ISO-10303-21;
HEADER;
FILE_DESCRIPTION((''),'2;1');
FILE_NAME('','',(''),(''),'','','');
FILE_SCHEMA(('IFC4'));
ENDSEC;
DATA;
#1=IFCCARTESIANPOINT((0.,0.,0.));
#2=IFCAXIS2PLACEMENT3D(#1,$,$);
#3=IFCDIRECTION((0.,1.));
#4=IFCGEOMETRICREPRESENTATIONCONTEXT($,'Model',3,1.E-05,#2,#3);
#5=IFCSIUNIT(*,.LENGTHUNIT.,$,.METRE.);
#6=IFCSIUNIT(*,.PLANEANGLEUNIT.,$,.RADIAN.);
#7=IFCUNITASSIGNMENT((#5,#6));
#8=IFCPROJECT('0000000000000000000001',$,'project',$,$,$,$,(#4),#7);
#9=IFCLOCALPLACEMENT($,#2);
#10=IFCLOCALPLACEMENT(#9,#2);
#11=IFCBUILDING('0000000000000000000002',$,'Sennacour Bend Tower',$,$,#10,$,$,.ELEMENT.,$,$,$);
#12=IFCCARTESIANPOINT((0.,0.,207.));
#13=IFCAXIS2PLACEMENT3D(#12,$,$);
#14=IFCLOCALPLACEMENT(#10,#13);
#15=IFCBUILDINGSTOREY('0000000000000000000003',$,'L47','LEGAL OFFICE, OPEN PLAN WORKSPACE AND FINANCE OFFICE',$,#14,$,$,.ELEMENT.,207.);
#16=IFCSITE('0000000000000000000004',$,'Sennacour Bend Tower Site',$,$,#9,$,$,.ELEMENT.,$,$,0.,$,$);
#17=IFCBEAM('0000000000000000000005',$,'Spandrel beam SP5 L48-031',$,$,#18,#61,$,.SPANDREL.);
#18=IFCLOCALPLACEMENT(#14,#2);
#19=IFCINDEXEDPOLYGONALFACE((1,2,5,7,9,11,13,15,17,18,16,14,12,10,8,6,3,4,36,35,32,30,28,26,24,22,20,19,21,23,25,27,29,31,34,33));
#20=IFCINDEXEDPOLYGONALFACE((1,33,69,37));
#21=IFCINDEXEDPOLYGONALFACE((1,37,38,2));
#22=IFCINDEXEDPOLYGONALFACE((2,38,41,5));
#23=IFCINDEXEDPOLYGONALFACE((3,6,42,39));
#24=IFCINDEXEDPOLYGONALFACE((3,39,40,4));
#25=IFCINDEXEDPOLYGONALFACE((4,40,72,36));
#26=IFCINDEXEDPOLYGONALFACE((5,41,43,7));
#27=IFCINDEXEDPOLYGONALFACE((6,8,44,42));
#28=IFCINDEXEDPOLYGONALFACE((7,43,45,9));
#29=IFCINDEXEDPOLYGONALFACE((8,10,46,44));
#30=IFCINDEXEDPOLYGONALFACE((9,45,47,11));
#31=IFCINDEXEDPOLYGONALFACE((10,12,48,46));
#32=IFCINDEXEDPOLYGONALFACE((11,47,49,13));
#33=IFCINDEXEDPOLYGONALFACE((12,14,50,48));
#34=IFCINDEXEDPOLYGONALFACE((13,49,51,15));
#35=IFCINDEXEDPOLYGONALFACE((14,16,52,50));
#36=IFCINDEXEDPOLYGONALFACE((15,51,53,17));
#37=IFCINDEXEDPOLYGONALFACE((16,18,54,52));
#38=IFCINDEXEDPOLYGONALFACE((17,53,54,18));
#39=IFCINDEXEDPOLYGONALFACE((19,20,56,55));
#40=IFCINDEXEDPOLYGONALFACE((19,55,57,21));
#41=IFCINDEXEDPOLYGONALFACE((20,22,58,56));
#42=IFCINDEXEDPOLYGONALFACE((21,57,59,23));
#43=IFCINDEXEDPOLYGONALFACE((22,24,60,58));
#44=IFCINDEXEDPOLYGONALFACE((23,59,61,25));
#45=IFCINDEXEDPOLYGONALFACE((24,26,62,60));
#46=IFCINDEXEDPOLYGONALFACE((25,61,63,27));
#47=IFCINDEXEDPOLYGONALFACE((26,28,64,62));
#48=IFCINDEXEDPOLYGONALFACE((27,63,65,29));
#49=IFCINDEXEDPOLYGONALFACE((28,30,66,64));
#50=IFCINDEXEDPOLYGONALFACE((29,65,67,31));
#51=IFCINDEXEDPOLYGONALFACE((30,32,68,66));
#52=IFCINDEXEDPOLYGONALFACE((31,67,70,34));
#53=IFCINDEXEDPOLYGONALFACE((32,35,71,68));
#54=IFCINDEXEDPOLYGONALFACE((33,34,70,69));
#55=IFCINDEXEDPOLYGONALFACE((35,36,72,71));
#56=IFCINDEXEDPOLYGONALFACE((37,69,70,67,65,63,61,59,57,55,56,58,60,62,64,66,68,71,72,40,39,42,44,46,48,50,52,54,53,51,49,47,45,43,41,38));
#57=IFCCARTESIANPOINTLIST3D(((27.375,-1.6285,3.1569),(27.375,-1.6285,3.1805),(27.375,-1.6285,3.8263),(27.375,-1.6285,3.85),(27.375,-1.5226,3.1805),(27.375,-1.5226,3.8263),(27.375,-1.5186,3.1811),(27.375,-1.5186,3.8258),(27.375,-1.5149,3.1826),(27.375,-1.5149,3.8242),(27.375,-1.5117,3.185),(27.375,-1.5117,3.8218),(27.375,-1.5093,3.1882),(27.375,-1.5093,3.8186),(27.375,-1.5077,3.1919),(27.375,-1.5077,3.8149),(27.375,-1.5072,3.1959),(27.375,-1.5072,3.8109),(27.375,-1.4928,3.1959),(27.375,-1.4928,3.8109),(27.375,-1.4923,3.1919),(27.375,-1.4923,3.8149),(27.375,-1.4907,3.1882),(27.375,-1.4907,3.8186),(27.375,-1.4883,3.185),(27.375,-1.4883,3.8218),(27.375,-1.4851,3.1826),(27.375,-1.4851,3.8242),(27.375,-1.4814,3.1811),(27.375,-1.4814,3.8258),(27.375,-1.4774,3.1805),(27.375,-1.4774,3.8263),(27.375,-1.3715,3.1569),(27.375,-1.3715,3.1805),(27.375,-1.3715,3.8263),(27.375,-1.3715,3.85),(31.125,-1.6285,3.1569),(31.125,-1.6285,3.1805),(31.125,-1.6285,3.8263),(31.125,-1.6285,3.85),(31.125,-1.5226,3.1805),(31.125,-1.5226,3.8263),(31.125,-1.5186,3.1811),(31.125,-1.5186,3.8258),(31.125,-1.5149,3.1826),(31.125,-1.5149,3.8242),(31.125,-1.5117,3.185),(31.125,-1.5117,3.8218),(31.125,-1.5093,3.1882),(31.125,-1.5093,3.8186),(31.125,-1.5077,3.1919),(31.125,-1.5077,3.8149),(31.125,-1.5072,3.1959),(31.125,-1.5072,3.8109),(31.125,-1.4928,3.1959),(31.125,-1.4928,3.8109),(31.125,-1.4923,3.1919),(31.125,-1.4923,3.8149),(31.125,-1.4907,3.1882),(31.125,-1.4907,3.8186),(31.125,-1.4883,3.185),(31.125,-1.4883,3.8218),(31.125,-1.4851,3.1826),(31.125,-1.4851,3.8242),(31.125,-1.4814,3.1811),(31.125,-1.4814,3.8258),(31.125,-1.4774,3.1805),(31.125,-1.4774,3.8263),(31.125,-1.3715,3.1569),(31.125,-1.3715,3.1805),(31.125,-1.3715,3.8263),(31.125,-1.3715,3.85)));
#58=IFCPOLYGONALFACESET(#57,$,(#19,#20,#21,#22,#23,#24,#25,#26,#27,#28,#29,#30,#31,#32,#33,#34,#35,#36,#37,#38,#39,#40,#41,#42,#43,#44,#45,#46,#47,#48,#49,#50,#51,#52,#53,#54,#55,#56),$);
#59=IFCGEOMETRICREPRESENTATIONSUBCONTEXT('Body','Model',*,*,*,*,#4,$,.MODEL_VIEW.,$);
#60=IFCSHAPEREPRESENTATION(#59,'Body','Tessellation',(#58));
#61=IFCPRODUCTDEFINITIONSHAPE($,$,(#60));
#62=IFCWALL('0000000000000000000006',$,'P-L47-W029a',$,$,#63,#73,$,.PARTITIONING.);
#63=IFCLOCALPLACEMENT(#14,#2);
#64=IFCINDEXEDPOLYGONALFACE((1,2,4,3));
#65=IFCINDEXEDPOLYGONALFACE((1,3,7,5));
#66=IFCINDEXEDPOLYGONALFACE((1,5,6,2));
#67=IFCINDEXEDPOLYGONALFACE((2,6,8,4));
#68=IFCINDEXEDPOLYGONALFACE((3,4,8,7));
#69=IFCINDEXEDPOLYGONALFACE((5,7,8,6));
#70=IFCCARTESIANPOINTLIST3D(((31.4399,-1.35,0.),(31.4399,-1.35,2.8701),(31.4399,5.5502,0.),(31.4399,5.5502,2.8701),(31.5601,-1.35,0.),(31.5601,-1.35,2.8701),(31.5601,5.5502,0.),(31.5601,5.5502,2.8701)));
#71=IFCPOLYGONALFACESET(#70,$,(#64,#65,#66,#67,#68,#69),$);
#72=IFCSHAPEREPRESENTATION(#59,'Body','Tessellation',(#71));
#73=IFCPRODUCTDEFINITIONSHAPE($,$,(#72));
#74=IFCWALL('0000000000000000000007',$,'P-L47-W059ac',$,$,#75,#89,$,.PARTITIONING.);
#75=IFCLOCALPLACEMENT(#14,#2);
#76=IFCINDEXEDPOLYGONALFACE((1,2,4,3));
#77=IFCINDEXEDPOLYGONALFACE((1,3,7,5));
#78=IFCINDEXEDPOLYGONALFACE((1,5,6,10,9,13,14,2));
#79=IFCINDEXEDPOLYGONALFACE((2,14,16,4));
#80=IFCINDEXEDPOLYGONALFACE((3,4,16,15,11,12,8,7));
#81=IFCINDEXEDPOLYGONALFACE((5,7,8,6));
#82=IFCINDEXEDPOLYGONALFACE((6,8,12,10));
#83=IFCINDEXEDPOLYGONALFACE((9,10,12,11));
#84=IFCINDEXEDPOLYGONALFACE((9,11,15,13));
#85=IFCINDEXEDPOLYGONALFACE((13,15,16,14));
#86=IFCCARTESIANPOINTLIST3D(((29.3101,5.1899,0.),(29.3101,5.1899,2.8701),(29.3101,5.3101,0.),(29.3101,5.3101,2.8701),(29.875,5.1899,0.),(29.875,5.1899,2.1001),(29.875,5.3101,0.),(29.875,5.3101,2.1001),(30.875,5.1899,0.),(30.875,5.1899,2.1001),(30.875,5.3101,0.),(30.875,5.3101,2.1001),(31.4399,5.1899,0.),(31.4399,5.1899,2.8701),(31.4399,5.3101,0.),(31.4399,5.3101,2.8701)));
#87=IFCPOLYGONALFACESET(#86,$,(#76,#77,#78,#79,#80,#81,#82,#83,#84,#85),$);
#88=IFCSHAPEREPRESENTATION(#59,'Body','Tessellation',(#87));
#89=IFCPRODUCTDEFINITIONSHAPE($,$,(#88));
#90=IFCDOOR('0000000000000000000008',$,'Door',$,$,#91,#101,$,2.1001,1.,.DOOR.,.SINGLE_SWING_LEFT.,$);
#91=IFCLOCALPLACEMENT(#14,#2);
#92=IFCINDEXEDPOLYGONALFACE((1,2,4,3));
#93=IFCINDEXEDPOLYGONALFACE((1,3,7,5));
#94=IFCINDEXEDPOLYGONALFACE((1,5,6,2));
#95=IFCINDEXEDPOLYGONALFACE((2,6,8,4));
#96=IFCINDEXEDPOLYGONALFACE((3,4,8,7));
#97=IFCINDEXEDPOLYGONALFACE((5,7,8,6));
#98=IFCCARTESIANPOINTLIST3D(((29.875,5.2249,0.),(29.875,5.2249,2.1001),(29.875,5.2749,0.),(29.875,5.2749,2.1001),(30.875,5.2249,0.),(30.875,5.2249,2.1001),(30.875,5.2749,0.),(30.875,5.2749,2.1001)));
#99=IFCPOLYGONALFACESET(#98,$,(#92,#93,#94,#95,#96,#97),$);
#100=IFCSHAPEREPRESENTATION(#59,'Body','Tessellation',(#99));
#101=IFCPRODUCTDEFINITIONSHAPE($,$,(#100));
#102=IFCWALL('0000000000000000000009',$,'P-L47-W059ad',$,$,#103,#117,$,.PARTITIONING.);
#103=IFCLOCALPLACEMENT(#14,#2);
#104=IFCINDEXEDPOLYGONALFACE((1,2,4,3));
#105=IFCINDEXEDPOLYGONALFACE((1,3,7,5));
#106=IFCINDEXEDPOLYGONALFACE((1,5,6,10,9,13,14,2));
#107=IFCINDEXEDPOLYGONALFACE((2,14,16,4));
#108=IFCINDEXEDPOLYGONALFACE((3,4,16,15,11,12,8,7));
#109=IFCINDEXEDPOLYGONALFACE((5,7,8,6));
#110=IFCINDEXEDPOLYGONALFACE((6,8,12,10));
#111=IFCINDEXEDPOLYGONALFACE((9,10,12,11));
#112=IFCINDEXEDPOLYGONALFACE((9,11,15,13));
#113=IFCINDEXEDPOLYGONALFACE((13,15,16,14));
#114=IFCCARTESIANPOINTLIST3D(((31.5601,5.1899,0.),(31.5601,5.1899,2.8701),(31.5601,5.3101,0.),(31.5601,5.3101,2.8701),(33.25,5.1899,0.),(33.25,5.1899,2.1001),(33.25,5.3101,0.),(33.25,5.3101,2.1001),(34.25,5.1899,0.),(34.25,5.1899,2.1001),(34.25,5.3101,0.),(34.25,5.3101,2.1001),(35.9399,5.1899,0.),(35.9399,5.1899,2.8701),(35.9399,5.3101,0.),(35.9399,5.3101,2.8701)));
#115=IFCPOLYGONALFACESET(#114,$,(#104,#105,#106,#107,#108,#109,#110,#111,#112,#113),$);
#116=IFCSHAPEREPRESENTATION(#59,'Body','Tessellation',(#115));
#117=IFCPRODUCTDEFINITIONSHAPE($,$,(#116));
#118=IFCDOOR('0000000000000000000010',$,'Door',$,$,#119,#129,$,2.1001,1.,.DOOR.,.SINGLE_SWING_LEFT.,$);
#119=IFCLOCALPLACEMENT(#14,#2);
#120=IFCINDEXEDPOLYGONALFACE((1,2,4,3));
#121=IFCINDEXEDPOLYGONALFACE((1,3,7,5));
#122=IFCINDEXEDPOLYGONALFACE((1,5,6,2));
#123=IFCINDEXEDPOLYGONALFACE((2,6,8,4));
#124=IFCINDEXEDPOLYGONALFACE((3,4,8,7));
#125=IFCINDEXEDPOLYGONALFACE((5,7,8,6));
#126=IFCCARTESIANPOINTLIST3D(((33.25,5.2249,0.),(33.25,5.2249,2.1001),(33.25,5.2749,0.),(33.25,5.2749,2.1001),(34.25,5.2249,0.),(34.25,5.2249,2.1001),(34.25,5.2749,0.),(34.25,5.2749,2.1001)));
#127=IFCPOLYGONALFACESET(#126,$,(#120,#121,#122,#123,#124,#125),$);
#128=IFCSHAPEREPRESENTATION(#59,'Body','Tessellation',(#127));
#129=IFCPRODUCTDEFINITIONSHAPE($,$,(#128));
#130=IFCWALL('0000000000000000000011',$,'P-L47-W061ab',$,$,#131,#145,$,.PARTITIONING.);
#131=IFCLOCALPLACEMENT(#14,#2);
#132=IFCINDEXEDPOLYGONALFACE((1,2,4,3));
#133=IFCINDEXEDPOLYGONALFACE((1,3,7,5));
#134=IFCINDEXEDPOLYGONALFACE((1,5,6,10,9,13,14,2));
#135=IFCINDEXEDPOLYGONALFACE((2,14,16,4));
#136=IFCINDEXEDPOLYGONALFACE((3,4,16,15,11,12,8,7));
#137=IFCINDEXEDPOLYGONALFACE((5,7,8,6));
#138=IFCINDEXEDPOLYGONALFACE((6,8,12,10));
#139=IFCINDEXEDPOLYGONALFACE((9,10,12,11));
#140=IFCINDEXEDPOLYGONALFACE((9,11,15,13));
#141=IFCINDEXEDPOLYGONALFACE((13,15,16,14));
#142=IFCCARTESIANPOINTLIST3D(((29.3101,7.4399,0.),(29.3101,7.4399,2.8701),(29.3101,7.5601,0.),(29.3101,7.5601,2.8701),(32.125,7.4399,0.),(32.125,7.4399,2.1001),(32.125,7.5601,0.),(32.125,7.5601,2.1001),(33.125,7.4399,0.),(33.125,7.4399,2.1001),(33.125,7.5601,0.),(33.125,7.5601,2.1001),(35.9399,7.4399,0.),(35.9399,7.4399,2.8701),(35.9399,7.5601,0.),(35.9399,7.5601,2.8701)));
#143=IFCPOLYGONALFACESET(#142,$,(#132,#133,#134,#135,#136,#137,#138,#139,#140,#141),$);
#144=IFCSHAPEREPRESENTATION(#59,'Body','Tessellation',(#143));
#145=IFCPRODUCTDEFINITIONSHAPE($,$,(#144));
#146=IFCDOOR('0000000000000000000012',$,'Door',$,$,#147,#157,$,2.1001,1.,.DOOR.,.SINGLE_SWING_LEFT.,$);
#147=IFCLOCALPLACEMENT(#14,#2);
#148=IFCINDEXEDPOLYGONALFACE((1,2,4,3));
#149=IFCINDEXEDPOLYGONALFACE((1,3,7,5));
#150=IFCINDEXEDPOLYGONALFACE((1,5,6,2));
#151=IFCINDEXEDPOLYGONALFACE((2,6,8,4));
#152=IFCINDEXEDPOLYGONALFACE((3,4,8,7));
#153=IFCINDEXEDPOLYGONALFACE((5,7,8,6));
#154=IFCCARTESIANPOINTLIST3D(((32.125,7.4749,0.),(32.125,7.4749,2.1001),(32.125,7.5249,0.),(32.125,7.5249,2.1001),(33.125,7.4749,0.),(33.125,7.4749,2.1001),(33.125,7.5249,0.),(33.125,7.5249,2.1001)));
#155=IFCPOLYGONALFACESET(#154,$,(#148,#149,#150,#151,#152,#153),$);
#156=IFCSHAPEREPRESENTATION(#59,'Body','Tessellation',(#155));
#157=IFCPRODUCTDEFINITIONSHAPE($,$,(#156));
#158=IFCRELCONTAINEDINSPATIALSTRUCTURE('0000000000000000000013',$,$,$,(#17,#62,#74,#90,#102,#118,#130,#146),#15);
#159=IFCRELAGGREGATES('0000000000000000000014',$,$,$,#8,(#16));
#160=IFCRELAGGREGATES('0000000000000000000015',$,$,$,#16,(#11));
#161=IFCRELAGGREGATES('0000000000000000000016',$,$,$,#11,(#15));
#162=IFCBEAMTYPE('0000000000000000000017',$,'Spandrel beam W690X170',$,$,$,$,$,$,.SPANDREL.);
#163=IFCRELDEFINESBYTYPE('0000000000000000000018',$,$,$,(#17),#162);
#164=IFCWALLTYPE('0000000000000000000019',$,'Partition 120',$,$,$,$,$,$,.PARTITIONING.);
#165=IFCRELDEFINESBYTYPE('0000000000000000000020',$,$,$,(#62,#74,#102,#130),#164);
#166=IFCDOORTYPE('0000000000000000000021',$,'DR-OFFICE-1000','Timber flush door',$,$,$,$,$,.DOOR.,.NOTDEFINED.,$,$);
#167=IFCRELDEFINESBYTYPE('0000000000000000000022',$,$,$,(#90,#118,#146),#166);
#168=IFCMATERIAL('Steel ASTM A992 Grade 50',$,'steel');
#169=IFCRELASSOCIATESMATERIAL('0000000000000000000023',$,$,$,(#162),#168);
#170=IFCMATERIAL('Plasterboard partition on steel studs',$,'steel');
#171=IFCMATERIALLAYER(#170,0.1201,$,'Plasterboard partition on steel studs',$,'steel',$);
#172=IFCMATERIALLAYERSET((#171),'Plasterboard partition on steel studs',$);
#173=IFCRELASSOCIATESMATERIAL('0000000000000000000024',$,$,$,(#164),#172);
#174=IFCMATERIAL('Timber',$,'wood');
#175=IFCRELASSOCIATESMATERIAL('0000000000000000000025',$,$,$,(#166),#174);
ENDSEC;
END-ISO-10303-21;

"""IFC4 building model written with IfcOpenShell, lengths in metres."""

from ifc_helpers import new_model, si_unit, direction, frame, frame_2d, origin, origin_2d, place, context, subcontext, project, spatial, rectangle, i_section, extrude, material, layer, layer_set, material_profile, profile_set, type_object, element, fill, save


model = new_model("IFC4")

# Units and contexts
model_context = context("Model", 3, precision=1e-05, world=origin(), true_north=direction((0.0, 1.0)))
body_context = subcontext(model_context, "Body", "Model", "MODEL_VIEW")
ifc_project = project(units=[si_unit("LENGTHUNIT", "METRE"), si_unit("PLANEANGLEUNIT", "RADIAN")], contexts=[model_context])

# Site, building, storey
site_placement = place(None, origin())
site = spatial("IfcSite", under=ifc_project, at=site_placement, Name="Sennacour Bend Tower Site", CompositionType="ELEMENT", RefElevation=0.0)
building_placement = place(site_placement, origin())
building = spatial("IfcBuilding", under=site, at=building_placement, Name="Sennacour Bend Tower", CompositionType="ELEMENT")
storey_placement = place(building_placement, frame((0.0, 0.0, 207.0)))
storey = spatial("IfcBuildingStorey", under=building, at=storey_placement, Name="L47", Description="LEGAL OFFICE, OPEN PLAN WORKSPACE AND FINANCE OFFICE", CompositionType="ELEMENT", Elevation=207.0)

# Beam
ifc_material_1 = material(Name="Steel ASTM A992 Grade 50", Category="steel")
ifc_material_profile_1 = material_profile(ifc_material_1, i_section(OverallWidth=0.2571, OverallDepth=0.6931, WebThickness=0.0144, FlangeThickness=0.0237, FilletRadius=0.0154, at=origin_2d()), Name="Steel ASTM A992 Grade 50", Category="steel")
ifc_profile_set_1 = profile_set([ifc_material_profile_1], Name="Steel ASTM A992 Grade 50")
beam_type_1 = type_object("IfcBeamType", Name="Spandrel beam W690X170", PredefinedType="SPANDREL", material=ifc_profile_set_1)
for number, where, z_axis, x_axis, name in (
    (1, (31.125, -1.5, 3.5034), (-1.0, 0.0, 0.0), (0.0, -1.0, 0.0), "Spandrel beam SP5 L48-031"),
):
    element("IfcBeam", number, at=place(storey_placement, frame(where, z_axis=z_axis, x_axis=x_axis)), inside=storey, type_object=beam_type_1, Name=name, PredefinedType="SPANDREL", context=body_context, shape_type="SweptSolid", body=[
        extrude(i_section(OverallWidth=0.2571, OverallDepth=0.6931, WebThickness=0.0144, FlangeThickness=0.0237, FilletRadius=0.0154, at=origin_2d()), origin(), (0.0, 0.0, 1.0), 3.75),
    ])

# Wall
ifc_material_2 = material(Name="Plasterboard partition on steel studs", Category="steel")
ifc_layer_1 = layer(ifc_material_2, 0.1201, Name="Plasterboard partition on steel studs", Category="steel")
ifc_layer_set_1 = layer_set([ifc_layer_1], Name="Plasterboard partition on steel studs")
wall_type_1 = type_object("IfcWallType", Name="Partition 120", PredefinedType="PARTITIONING", material=ifc_layer_set_1)
wall_1_placement = place(storey_placement, frame((31.5, -1.3501, 0.0), z_axis=(0.0, 0.0, 1.0), x_axis=(0.0, 1.0, 0.0)))
element("IfcWall", 2, at=wall_1_placement, inside=storey, type_object=wall_type_1, Name="P-L47-W029a", PredefinedType="PARTITIONING", context=body_context, shape_type="SweptSolid", body=[
    extrude(rectangle(XDim=6.9001, YDim=0.1201, at=frame_2d((3.4502, 0.0))), origin(), (0.0, 0.0, 1.0), 2.8701),
])

# Walls, openings, doors
wall_2_placement = place(storey_placement, frame((29.3101, 5.25, 0.0), z_axis=(0.0, 0.0, 1.0), x_axis=(1.0, 0.0, 0.0)))
wall_2 = element("IfcWall", 3, at=wall_2_placement, inside=storey, type_object=wall_type_1, Name="P-L47-W059ac", PredefinedType="PARTITIONING", context=body_context, shape_type="SweptSolid", body=[
    extrude(rectangle(XDim=2.1299, YDim=0.1201, at=frame_2d((1.0649, 0.0))), origin(), (0.0, 0.0, 1.0), 2.8701),
])
opening_1_placement = place(wall_2_placement, frame((0.5649, 0.0, 0.0)))
opening_1 = element("IfcOpeningElement", 4, at=opening_1_placement, cuts=wall_2, PredefinedType="OPENING", context=body_context, shape_type="SweptSolid", body=[
    extrude(rectangle(XDim=1.0, YDim=2.1001, at=frame_2d((0.5, 1.05))), frame((0.0, 0.0701, 0.0), z_axis=(0.0, -1.0, 0.0), x_axis=(1.0, 0.0, 0.0)), (0.0, 0.0, 1.0), 0.1401),
])
ifc_material_3 = material(Name="Timber", Category="wood")
door_type_1 = type_object("IfcDoorType", Name="DR-OFFICE-1000", Description="Timber flush door", OperationType="NOTDEFINED", PredefinedType="DOOR", material=ifc_material_3)
door_1_placement = place(opening_1_placement, origin())
door_1 = element("IfcDoor", 5, at=door_1_placement, inside=storey, type_object=door_type_1, Name="Door", OperationType="SINGLE_SWING_LEFT", OverallHeight=2.1001, OverallWidth=1.0, PredefinedType="DOOR", context=body_context, shape_type="SweptSolid", body=[
    extrude(rectangle(XDim=1.0, YDim=2.1001, at=frame_2d((0.5, 1.05))), frame((0.0, 0.0249, 0.0), z_axis=(0.0, -1.0, 0.0), x_axis=(1.0, 0.0, 0.0)), (0.0, 0.0, 1.0), 0.05),
])
fill(opening_1, door_1)
wall_3_placement = place(storey_placement, frame((31.5601, 5.25, 0.0), z_axis=(0.0, 0.0, 1.0), x_axis=(1.0, 0.0, 0.0)))
wall_3 = element("IfcWall", 6, at=wall_3_placement, inside=storey, type_object=wall_type_1, Name="P-L47-W059ad", PredefinedType="PARTITIONING", context=body_context, shape_type="SweptSolid", body=[
    extrude(rectangle(XDim=4.3799, YDim=0.1201, at=frame_2d((2.1899, 0.0))), origin(), (0.0, 0.0, 1.0), 2.8701),
])
opening_2_placement = place(wall_3_placement, frame((1.6899, 0.0, 0.0)))
opening_2 = element("IfcOpeningElement", 7, at=opening_2_placement, cuts=wall_3, PredefinedType="OPENING", context=body_context, shape_type="SweptSolid", body=[
    extrude(rectangle(XDim=1.0, YDim=2.1001, at=frame_2d((0.5, 1.05))), frame((0.0, 0.0701, 0.0), z_axis=(0.0, -1.0, 0.0), x_axis=(1.0, 0.0, 0.0)), (0.0, 0.0, 1.0), 0.1401),
])
door_2_placement = place(opening_2_placement, origin())
door_2 = element("IfcDoor", 8, at=door_2_placement, inside=storey, type_object=door_type_1, Name="Door", OperationType="SINGLE_SWING_LEFT", OverallHeight=2.1001, OverallWidth=1.0, PredefinedType="DOOR", context=body_context, shape_type="SweptSolid", body=[
    extrude(rectangle(XDim=1.0, YDim=2.1001, at=frame_2d((0.5, 1.05))), frame((0.0, 0.0249, 0.0), z_axis=(0.0, -1.0, 0.0), x_axis=(1.0, 0.0, 0.0)), (0.0, 0.0, 1.0), 0.05),
])
fill(opening_2, door_2)
wall_4_placement = place(storey_placement, frame((29.3101, 7.5, 0.0), z_axis=(0.0, 0.0, 1.0), x_axis=(1.0, 0.0, 0.0)))
wall_4 = element("IfcWall", 9, at=wall_4_placement, inside=storey, type_object=wall_type_1, Name="P-L47-W061ab", PredefinedType="PARTITIONING", context=body_context, shape_type="SweptSolid", body=[
    extrude(rectangle(XDim=6.6299, YDim=0.1201, at=frame_2d((3.3149, 0.0))), origin(), (0.0, 0.0, 1.0), 2.8701),
])
opening_3_placement = place(wall_4_placement, frame((2.8149, 0.0, 0.0)))
opening_3 = element("IfcOpeningElement", 10, at=opening_3_placement, cuts=wall_4, PredefinedType="OPENING", context=body_context, shape_type="SweptSolid", body=[
    extrude(rectangle(XDim=1.0, YDim=2.1001, at=frame_2d((0.5, 1.05))), frame((0.0, 0.0701, 0.0), z_axis=(0.0, -1.0, 0.0), x_axis=(1.0, 0.0, 0.0)), (0.0, 0.0, 1.0), 0.1401),
])
door_3_placement = place(opening_3_placement, origin())
door_3 = element("IfcDoor", 11, at=door_3_placement, inside=storey, type_object=door_type_1, Name="Door", OperationType="SINGLE_SWING_LEFT", OverallHeight=2.1001, OverallWidth=1.0, PredefinedType="DOOR", context=body_context, shape_type="SweptSolid", body=[
    extrude(rectangle(XDim=1.0, YDim=2.1001, at=frame_2d((0.5, 1.05))), frame((0.0, 0.0249, 0.0), z_axis=(0.0, -1.0, 0.0), x_axis=(1.0, 0.0, 0.0)), (0.0, 0.0, 1.0), 0.05),
])
fill(opening_3, door_3)

save(model, "model.ifc")
